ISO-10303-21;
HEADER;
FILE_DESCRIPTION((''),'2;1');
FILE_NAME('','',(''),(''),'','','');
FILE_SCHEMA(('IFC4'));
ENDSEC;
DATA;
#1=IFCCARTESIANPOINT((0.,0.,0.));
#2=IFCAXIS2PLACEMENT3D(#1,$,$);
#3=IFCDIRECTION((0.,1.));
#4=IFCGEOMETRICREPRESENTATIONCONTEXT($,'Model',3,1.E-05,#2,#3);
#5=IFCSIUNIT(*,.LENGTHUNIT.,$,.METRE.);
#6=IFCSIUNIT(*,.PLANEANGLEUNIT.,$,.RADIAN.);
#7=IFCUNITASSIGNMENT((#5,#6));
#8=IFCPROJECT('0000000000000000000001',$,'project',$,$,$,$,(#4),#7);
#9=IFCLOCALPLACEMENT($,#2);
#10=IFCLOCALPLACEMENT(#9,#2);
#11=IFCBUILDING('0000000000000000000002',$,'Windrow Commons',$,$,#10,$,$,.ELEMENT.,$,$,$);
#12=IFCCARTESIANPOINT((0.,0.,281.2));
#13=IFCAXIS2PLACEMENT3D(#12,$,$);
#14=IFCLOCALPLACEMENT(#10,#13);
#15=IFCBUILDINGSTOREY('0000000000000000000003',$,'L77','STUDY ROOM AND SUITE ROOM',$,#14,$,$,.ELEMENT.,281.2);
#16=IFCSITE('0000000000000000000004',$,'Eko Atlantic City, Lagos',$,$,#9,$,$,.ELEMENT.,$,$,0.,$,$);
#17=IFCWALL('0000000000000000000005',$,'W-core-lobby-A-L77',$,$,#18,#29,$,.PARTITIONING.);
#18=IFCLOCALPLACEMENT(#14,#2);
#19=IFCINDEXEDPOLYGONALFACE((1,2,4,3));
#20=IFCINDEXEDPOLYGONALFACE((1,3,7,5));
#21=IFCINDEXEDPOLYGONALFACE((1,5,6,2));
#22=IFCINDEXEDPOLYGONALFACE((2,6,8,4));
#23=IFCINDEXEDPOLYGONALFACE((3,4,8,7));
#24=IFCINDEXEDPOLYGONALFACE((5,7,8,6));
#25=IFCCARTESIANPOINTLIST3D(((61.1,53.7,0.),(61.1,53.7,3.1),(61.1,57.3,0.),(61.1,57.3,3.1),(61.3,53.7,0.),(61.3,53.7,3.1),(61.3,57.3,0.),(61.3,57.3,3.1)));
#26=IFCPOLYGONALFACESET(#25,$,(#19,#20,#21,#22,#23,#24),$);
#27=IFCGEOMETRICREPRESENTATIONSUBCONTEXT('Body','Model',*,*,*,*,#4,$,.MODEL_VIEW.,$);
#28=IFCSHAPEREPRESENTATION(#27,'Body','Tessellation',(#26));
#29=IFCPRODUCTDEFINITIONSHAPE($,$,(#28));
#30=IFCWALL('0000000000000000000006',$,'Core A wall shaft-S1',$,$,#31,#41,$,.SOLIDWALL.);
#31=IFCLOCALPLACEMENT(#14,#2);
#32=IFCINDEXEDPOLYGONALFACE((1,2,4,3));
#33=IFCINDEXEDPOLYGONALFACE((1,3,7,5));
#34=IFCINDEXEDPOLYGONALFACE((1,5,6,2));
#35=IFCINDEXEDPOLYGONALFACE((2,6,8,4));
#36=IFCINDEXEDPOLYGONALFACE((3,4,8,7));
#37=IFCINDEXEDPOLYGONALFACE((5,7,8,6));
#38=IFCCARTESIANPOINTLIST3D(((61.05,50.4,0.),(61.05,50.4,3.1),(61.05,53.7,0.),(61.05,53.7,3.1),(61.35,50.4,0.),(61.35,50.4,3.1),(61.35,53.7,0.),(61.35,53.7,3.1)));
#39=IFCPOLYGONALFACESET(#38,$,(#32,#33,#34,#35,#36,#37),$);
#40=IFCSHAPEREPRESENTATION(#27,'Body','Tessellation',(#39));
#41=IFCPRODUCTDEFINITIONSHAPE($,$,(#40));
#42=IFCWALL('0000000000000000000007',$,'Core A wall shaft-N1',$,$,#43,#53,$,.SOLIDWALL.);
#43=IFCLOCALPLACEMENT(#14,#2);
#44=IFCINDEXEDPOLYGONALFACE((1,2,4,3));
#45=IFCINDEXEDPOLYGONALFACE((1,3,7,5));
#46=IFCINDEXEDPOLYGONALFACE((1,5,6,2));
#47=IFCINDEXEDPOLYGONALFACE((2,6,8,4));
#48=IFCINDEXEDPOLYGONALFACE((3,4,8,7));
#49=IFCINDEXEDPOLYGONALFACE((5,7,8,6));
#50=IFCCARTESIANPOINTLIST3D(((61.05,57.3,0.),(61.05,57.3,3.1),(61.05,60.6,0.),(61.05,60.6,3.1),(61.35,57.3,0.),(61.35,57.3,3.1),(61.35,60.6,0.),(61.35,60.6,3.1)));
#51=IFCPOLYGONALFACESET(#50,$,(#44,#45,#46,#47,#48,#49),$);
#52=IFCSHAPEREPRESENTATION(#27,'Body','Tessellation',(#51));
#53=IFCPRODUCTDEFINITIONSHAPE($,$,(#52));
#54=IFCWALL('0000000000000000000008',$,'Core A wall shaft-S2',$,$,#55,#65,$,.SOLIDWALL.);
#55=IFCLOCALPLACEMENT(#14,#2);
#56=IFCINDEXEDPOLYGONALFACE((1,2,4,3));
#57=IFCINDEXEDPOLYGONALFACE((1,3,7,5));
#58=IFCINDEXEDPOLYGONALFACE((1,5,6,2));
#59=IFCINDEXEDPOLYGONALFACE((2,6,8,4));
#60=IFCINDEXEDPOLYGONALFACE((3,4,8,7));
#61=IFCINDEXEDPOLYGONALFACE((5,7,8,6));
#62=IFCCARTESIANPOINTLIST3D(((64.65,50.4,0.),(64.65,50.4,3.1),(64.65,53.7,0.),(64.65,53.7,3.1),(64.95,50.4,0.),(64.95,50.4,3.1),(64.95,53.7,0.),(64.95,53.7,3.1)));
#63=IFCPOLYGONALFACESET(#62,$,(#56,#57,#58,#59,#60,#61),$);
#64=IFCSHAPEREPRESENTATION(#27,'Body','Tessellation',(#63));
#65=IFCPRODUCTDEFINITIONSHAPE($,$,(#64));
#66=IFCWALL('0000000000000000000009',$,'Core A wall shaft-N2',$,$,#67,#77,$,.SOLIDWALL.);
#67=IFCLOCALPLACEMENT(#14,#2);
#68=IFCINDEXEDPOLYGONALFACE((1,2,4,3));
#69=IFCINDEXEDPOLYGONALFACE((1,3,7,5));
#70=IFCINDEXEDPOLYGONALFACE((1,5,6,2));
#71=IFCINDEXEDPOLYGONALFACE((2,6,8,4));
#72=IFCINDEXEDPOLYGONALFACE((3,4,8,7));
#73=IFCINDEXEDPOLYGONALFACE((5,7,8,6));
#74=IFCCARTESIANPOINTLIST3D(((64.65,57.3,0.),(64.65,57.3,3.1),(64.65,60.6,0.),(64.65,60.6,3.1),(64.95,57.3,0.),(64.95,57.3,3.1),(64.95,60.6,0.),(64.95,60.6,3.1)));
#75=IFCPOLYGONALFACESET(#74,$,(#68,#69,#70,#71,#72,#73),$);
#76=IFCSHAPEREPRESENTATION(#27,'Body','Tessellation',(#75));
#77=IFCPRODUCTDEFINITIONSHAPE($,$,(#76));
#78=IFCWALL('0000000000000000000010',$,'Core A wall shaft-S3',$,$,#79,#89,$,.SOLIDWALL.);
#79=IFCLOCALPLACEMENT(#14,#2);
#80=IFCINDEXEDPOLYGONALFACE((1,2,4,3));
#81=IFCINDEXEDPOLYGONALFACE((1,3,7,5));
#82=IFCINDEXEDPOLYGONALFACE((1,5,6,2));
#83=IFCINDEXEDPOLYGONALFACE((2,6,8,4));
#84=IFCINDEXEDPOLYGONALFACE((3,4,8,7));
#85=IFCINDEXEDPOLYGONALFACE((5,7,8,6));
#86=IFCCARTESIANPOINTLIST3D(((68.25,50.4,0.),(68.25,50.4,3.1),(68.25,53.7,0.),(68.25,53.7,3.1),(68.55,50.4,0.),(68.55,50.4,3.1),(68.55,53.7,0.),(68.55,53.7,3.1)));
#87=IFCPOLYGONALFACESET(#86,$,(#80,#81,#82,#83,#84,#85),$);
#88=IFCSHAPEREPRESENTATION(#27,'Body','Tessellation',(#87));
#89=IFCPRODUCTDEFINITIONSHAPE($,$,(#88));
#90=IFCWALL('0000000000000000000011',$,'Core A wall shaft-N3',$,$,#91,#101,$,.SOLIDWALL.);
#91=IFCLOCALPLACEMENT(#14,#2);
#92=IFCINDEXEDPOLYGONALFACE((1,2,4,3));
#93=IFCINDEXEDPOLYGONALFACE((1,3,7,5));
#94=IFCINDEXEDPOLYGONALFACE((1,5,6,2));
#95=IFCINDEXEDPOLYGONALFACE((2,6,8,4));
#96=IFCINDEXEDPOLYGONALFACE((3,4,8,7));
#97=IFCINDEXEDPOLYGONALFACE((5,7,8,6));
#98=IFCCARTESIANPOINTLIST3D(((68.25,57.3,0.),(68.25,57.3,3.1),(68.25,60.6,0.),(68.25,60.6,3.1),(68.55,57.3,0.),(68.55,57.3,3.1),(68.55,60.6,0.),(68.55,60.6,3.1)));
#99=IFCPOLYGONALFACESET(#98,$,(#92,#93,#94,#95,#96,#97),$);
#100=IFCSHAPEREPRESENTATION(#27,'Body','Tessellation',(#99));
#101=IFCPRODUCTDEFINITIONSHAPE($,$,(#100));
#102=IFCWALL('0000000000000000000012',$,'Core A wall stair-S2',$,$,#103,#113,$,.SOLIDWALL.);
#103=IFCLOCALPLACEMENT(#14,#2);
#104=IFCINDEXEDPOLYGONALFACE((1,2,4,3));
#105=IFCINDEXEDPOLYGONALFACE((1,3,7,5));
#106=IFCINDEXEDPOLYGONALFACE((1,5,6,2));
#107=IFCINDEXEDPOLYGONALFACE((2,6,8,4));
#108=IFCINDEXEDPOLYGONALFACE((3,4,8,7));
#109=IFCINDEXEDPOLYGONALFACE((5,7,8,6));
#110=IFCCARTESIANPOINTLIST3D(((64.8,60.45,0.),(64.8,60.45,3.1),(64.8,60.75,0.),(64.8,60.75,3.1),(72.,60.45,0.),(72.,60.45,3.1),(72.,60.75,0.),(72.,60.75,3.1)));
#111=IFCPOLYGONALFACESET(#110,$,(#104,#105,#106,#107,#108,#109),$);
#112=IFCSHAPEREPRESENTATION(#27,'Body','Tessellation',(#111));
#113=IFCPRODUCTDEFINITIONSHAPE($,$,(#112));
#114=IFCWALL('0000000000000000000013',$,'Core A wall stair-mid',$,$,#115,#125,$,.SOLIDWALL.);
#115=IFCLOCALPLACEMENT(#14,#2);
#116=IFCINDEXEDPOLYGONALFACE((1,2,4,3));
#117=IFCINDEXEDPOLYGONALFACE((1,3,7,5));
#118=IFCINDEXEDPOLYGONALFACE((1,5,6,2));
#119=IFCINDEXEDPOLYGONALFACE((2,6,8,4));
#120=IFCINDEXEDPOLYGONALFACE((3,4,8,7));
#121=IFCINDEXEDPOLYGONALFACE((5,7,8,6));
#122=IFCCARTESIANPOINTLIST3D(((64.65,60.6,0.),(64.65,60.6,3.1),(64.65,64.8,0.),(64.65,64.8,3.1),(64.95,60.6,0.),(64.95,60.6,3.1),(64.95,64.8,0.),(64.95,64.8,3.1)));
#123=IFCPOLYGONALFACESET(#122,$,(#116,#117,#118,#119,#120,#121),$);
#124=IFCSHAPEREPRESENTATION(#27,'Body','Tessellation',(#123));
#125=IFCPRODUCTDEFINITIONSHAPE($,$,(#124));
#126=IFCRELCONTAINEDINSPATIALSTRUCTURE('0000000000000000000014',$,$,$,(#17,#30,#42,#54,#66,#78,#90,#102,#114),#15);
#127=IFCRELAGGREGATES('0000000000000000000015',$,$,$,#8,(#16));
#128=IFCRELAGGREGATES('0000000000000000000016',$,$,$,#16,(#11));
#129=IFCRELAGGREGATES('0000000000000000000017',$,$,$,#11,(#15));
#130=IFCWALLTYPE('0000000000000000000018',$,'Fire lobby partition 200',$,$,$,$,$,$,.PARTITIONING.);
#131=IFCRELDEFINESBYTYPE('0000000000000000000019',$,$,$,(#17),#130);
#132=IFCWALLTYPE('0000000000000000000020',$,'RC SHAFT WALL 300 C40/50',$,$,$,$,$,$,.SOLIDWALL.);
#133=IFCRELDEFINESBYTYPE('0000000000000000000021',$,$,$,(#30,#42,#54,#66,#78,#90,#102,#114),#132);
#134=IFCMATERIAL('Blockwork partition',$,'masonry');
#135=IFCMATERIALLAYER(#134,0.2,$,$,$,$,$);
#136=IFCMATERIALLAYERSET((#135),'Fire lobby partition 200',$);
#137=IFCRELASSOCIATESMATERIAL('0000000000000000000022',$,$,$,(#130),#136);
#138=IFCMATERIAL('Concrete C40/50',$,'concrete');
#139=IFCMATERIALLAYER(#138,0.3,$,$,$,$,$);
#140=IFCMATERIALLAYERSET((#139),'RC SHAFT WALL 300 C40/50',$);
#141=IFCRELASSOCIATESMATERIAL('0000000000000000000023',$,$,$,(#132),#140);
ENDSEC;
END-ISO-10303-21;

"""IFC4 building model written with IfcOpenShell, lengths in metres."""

from ifc_helpers import new_model, si_unit, direction, frame, frame_2d, origin, place, context, subcontext, project, spatial, rectangle, extrude, material, layer, layer_set, type_object, element, save


model = new_model("IFC4")

# Units and contexts
model_context = context("Model", 3, precision=1e-05, world=origin(), true_north=direction((0.0, 1.0)))
body_context = subcontext(model_context, "Body", "Model", "MODEL_VIEW")
ifc_project = project(units=[si_unit("LENGTHUNIT", "METRE"), si_unit("PLANEANGLEUNIT", "RADIAN")], contexts=[model_context])

# Site, building, storey
site_placement = place(None, origin())
site = spatial("IfcSite", under=ifc_project, at=site_placement, Name="Eko Atlantic City, Lagos", CompositionType="ELEMENT", RefElevation=0.0)
building_placement = place(site_placement, origin())
building = spatial("IfcBuilding", under=site, at=building_placement, Name="Windrow Commons", CompositionType="ELEMENT")
storey_placement = place(building_placement, frame((0.0, 0.0, 281.2)))
storey = spatial("IfcBuildingStorey", under=building, at=storey_placement, Name="L77", Description="STUDY ROOM AND SUITE ROOM", CompositionType="ELEMENT", Elevation=281.2)

# Walls
ifc_material_1 = material(Name="Blockwork partition", Category="masonry")
ifc_layer_1 = layer(ifc_material_1, 0.2)
ifc_layer_set_1 = layer_set([ifc_layer_1], Name="Fire lobby partition 200")
wall_type_1 = type_object("IfcWallType", Name="Fire lobby partition 200", PredefinedType="PARTITIONING", material=ifc_layer_set_1)
wall_1_placement = place(storey_placement, frame((61.2, 53.7, 0.0), z_axis=(0.0, 0.0, 1.0), x_axis=(0.0, 1.0, 0.0)))
element("IfcWall", 1, at=wall_1_placement, inside=storey, type_object=wall_type_1, Name="W-core-lobby-A-L77", PredefinedType="PARTITIONING", context=body_context, shape_type="SweptSolid", body=[
    extrude(rectangle(XDim=3.6, YDim=0.2, at=frame_2d((1.8, 0.0))), origin(), (0.0, 0.0, 1.0), 3.1),
])
ifc_material_2 = material(Name="Concrete C40/50", Category="concrete")
ifc_layer_2 = layer(ifc_material_2, 0.3)
ifc_layer_set_2 = layer_set([ifc_layer_2], Name="RC SHAFT WALL 300 C40/50")
wall_type_2 = type_object("IfcWallType", Name="RC SHAFT WALL 300 C40/50", PredefinedType="SOLIDWALL", material=ifc_layer_set_2)
for number, where, z_axis, x_axis, name in (
    (2, (61.2, 50.4, 0.0), (0.0, 0.0, 1.0), (0.0, 1.0, 0.0), "Core A wall shaft-S1"),
    (3, (61.2, 57.3, 0.0), (0.0, 0.0, 1.0), (0.0, 1.0, 0.0), "Core A wall shaft-N1"),
    (4, (64.8, 50.4, 0.0), (0.0, 0.0, 1.0), (0.0, 1.0, 0.0), "Core A wall shaft-S2"),
    (5, (64.8, 57.3, 0.0), (0.0, 0.0, 1.0), (0.0, 1.0, 0.0), "Core A wall shaft-N2"),
    (6, (68.4, 50.4, 0.0), (0.0, 0.0, 1.0), (0.0, 1.0, 0.0), "Core A wall shaft-S3"),
    (7, (68.4, 57.3, 0.0), (0.0, 0.0, 1.0), (0.0, 1.0, 0.0), "Core A wall shaft-N3"),
):
    element("IfcWall", number, at=place(storey_placement, frame(where, z_axis=z_axis, x_axis=x_axis)), inside=storey, type_object=wall_type_2, Name=name, PredefinedType="SOLIDWALL", context=body_context, shape_type="SweptSolid", body=[
        extrude(rectangle(XDim=3.3, YDim=0.3, at=frame_2d((1.65, 0.0))), origin(), (0.0, 0.0, 1.0), 3.1),
    ])
wall_2_placement = place(storey_placement, frame((64.8, 60.6, 0.0), z_axis=(0.0, 0.0, 1.0), x_axis=(1.0, 0.0, 0.0)))
element("IfcWall", 8, at=wall_2_placement, inside=storey, type_object=wall_type_2, Name="Core A wall stair-S2", PredefinedType="SOLIDWALL", context=body_context, shape_type="SweptSolid", body=[
    extrude(rectangle(XDim=7.2, YDim=0.3, at=frame_2d((3.6, 0.0))), origin(), (0.0, 0.0, 1.0), 3.1),
])
wall_3_placement = place(storey_placement, frame((64.8, 60.6, 0.0), z_axis=(0.0, 0.0, 1.0), x_axis=(0.0, 1.0, 0.0)))
element("IfcWall", 9, at=wall_3_placement, inside=storey, type_object=wall_type_2, Name="Core A wall stair-mid", PredefinedType="SOLIDWALL", context=body_context, shape_type="SweptSolid", body=[
    extrude(rectangle(XDim=4.2, YDim=0.3, at=frame_2d((2.1, 0.0))), origin(), (0.0, 0.0, 1.0), 3.1),
])

save(model, "model.ifc")
